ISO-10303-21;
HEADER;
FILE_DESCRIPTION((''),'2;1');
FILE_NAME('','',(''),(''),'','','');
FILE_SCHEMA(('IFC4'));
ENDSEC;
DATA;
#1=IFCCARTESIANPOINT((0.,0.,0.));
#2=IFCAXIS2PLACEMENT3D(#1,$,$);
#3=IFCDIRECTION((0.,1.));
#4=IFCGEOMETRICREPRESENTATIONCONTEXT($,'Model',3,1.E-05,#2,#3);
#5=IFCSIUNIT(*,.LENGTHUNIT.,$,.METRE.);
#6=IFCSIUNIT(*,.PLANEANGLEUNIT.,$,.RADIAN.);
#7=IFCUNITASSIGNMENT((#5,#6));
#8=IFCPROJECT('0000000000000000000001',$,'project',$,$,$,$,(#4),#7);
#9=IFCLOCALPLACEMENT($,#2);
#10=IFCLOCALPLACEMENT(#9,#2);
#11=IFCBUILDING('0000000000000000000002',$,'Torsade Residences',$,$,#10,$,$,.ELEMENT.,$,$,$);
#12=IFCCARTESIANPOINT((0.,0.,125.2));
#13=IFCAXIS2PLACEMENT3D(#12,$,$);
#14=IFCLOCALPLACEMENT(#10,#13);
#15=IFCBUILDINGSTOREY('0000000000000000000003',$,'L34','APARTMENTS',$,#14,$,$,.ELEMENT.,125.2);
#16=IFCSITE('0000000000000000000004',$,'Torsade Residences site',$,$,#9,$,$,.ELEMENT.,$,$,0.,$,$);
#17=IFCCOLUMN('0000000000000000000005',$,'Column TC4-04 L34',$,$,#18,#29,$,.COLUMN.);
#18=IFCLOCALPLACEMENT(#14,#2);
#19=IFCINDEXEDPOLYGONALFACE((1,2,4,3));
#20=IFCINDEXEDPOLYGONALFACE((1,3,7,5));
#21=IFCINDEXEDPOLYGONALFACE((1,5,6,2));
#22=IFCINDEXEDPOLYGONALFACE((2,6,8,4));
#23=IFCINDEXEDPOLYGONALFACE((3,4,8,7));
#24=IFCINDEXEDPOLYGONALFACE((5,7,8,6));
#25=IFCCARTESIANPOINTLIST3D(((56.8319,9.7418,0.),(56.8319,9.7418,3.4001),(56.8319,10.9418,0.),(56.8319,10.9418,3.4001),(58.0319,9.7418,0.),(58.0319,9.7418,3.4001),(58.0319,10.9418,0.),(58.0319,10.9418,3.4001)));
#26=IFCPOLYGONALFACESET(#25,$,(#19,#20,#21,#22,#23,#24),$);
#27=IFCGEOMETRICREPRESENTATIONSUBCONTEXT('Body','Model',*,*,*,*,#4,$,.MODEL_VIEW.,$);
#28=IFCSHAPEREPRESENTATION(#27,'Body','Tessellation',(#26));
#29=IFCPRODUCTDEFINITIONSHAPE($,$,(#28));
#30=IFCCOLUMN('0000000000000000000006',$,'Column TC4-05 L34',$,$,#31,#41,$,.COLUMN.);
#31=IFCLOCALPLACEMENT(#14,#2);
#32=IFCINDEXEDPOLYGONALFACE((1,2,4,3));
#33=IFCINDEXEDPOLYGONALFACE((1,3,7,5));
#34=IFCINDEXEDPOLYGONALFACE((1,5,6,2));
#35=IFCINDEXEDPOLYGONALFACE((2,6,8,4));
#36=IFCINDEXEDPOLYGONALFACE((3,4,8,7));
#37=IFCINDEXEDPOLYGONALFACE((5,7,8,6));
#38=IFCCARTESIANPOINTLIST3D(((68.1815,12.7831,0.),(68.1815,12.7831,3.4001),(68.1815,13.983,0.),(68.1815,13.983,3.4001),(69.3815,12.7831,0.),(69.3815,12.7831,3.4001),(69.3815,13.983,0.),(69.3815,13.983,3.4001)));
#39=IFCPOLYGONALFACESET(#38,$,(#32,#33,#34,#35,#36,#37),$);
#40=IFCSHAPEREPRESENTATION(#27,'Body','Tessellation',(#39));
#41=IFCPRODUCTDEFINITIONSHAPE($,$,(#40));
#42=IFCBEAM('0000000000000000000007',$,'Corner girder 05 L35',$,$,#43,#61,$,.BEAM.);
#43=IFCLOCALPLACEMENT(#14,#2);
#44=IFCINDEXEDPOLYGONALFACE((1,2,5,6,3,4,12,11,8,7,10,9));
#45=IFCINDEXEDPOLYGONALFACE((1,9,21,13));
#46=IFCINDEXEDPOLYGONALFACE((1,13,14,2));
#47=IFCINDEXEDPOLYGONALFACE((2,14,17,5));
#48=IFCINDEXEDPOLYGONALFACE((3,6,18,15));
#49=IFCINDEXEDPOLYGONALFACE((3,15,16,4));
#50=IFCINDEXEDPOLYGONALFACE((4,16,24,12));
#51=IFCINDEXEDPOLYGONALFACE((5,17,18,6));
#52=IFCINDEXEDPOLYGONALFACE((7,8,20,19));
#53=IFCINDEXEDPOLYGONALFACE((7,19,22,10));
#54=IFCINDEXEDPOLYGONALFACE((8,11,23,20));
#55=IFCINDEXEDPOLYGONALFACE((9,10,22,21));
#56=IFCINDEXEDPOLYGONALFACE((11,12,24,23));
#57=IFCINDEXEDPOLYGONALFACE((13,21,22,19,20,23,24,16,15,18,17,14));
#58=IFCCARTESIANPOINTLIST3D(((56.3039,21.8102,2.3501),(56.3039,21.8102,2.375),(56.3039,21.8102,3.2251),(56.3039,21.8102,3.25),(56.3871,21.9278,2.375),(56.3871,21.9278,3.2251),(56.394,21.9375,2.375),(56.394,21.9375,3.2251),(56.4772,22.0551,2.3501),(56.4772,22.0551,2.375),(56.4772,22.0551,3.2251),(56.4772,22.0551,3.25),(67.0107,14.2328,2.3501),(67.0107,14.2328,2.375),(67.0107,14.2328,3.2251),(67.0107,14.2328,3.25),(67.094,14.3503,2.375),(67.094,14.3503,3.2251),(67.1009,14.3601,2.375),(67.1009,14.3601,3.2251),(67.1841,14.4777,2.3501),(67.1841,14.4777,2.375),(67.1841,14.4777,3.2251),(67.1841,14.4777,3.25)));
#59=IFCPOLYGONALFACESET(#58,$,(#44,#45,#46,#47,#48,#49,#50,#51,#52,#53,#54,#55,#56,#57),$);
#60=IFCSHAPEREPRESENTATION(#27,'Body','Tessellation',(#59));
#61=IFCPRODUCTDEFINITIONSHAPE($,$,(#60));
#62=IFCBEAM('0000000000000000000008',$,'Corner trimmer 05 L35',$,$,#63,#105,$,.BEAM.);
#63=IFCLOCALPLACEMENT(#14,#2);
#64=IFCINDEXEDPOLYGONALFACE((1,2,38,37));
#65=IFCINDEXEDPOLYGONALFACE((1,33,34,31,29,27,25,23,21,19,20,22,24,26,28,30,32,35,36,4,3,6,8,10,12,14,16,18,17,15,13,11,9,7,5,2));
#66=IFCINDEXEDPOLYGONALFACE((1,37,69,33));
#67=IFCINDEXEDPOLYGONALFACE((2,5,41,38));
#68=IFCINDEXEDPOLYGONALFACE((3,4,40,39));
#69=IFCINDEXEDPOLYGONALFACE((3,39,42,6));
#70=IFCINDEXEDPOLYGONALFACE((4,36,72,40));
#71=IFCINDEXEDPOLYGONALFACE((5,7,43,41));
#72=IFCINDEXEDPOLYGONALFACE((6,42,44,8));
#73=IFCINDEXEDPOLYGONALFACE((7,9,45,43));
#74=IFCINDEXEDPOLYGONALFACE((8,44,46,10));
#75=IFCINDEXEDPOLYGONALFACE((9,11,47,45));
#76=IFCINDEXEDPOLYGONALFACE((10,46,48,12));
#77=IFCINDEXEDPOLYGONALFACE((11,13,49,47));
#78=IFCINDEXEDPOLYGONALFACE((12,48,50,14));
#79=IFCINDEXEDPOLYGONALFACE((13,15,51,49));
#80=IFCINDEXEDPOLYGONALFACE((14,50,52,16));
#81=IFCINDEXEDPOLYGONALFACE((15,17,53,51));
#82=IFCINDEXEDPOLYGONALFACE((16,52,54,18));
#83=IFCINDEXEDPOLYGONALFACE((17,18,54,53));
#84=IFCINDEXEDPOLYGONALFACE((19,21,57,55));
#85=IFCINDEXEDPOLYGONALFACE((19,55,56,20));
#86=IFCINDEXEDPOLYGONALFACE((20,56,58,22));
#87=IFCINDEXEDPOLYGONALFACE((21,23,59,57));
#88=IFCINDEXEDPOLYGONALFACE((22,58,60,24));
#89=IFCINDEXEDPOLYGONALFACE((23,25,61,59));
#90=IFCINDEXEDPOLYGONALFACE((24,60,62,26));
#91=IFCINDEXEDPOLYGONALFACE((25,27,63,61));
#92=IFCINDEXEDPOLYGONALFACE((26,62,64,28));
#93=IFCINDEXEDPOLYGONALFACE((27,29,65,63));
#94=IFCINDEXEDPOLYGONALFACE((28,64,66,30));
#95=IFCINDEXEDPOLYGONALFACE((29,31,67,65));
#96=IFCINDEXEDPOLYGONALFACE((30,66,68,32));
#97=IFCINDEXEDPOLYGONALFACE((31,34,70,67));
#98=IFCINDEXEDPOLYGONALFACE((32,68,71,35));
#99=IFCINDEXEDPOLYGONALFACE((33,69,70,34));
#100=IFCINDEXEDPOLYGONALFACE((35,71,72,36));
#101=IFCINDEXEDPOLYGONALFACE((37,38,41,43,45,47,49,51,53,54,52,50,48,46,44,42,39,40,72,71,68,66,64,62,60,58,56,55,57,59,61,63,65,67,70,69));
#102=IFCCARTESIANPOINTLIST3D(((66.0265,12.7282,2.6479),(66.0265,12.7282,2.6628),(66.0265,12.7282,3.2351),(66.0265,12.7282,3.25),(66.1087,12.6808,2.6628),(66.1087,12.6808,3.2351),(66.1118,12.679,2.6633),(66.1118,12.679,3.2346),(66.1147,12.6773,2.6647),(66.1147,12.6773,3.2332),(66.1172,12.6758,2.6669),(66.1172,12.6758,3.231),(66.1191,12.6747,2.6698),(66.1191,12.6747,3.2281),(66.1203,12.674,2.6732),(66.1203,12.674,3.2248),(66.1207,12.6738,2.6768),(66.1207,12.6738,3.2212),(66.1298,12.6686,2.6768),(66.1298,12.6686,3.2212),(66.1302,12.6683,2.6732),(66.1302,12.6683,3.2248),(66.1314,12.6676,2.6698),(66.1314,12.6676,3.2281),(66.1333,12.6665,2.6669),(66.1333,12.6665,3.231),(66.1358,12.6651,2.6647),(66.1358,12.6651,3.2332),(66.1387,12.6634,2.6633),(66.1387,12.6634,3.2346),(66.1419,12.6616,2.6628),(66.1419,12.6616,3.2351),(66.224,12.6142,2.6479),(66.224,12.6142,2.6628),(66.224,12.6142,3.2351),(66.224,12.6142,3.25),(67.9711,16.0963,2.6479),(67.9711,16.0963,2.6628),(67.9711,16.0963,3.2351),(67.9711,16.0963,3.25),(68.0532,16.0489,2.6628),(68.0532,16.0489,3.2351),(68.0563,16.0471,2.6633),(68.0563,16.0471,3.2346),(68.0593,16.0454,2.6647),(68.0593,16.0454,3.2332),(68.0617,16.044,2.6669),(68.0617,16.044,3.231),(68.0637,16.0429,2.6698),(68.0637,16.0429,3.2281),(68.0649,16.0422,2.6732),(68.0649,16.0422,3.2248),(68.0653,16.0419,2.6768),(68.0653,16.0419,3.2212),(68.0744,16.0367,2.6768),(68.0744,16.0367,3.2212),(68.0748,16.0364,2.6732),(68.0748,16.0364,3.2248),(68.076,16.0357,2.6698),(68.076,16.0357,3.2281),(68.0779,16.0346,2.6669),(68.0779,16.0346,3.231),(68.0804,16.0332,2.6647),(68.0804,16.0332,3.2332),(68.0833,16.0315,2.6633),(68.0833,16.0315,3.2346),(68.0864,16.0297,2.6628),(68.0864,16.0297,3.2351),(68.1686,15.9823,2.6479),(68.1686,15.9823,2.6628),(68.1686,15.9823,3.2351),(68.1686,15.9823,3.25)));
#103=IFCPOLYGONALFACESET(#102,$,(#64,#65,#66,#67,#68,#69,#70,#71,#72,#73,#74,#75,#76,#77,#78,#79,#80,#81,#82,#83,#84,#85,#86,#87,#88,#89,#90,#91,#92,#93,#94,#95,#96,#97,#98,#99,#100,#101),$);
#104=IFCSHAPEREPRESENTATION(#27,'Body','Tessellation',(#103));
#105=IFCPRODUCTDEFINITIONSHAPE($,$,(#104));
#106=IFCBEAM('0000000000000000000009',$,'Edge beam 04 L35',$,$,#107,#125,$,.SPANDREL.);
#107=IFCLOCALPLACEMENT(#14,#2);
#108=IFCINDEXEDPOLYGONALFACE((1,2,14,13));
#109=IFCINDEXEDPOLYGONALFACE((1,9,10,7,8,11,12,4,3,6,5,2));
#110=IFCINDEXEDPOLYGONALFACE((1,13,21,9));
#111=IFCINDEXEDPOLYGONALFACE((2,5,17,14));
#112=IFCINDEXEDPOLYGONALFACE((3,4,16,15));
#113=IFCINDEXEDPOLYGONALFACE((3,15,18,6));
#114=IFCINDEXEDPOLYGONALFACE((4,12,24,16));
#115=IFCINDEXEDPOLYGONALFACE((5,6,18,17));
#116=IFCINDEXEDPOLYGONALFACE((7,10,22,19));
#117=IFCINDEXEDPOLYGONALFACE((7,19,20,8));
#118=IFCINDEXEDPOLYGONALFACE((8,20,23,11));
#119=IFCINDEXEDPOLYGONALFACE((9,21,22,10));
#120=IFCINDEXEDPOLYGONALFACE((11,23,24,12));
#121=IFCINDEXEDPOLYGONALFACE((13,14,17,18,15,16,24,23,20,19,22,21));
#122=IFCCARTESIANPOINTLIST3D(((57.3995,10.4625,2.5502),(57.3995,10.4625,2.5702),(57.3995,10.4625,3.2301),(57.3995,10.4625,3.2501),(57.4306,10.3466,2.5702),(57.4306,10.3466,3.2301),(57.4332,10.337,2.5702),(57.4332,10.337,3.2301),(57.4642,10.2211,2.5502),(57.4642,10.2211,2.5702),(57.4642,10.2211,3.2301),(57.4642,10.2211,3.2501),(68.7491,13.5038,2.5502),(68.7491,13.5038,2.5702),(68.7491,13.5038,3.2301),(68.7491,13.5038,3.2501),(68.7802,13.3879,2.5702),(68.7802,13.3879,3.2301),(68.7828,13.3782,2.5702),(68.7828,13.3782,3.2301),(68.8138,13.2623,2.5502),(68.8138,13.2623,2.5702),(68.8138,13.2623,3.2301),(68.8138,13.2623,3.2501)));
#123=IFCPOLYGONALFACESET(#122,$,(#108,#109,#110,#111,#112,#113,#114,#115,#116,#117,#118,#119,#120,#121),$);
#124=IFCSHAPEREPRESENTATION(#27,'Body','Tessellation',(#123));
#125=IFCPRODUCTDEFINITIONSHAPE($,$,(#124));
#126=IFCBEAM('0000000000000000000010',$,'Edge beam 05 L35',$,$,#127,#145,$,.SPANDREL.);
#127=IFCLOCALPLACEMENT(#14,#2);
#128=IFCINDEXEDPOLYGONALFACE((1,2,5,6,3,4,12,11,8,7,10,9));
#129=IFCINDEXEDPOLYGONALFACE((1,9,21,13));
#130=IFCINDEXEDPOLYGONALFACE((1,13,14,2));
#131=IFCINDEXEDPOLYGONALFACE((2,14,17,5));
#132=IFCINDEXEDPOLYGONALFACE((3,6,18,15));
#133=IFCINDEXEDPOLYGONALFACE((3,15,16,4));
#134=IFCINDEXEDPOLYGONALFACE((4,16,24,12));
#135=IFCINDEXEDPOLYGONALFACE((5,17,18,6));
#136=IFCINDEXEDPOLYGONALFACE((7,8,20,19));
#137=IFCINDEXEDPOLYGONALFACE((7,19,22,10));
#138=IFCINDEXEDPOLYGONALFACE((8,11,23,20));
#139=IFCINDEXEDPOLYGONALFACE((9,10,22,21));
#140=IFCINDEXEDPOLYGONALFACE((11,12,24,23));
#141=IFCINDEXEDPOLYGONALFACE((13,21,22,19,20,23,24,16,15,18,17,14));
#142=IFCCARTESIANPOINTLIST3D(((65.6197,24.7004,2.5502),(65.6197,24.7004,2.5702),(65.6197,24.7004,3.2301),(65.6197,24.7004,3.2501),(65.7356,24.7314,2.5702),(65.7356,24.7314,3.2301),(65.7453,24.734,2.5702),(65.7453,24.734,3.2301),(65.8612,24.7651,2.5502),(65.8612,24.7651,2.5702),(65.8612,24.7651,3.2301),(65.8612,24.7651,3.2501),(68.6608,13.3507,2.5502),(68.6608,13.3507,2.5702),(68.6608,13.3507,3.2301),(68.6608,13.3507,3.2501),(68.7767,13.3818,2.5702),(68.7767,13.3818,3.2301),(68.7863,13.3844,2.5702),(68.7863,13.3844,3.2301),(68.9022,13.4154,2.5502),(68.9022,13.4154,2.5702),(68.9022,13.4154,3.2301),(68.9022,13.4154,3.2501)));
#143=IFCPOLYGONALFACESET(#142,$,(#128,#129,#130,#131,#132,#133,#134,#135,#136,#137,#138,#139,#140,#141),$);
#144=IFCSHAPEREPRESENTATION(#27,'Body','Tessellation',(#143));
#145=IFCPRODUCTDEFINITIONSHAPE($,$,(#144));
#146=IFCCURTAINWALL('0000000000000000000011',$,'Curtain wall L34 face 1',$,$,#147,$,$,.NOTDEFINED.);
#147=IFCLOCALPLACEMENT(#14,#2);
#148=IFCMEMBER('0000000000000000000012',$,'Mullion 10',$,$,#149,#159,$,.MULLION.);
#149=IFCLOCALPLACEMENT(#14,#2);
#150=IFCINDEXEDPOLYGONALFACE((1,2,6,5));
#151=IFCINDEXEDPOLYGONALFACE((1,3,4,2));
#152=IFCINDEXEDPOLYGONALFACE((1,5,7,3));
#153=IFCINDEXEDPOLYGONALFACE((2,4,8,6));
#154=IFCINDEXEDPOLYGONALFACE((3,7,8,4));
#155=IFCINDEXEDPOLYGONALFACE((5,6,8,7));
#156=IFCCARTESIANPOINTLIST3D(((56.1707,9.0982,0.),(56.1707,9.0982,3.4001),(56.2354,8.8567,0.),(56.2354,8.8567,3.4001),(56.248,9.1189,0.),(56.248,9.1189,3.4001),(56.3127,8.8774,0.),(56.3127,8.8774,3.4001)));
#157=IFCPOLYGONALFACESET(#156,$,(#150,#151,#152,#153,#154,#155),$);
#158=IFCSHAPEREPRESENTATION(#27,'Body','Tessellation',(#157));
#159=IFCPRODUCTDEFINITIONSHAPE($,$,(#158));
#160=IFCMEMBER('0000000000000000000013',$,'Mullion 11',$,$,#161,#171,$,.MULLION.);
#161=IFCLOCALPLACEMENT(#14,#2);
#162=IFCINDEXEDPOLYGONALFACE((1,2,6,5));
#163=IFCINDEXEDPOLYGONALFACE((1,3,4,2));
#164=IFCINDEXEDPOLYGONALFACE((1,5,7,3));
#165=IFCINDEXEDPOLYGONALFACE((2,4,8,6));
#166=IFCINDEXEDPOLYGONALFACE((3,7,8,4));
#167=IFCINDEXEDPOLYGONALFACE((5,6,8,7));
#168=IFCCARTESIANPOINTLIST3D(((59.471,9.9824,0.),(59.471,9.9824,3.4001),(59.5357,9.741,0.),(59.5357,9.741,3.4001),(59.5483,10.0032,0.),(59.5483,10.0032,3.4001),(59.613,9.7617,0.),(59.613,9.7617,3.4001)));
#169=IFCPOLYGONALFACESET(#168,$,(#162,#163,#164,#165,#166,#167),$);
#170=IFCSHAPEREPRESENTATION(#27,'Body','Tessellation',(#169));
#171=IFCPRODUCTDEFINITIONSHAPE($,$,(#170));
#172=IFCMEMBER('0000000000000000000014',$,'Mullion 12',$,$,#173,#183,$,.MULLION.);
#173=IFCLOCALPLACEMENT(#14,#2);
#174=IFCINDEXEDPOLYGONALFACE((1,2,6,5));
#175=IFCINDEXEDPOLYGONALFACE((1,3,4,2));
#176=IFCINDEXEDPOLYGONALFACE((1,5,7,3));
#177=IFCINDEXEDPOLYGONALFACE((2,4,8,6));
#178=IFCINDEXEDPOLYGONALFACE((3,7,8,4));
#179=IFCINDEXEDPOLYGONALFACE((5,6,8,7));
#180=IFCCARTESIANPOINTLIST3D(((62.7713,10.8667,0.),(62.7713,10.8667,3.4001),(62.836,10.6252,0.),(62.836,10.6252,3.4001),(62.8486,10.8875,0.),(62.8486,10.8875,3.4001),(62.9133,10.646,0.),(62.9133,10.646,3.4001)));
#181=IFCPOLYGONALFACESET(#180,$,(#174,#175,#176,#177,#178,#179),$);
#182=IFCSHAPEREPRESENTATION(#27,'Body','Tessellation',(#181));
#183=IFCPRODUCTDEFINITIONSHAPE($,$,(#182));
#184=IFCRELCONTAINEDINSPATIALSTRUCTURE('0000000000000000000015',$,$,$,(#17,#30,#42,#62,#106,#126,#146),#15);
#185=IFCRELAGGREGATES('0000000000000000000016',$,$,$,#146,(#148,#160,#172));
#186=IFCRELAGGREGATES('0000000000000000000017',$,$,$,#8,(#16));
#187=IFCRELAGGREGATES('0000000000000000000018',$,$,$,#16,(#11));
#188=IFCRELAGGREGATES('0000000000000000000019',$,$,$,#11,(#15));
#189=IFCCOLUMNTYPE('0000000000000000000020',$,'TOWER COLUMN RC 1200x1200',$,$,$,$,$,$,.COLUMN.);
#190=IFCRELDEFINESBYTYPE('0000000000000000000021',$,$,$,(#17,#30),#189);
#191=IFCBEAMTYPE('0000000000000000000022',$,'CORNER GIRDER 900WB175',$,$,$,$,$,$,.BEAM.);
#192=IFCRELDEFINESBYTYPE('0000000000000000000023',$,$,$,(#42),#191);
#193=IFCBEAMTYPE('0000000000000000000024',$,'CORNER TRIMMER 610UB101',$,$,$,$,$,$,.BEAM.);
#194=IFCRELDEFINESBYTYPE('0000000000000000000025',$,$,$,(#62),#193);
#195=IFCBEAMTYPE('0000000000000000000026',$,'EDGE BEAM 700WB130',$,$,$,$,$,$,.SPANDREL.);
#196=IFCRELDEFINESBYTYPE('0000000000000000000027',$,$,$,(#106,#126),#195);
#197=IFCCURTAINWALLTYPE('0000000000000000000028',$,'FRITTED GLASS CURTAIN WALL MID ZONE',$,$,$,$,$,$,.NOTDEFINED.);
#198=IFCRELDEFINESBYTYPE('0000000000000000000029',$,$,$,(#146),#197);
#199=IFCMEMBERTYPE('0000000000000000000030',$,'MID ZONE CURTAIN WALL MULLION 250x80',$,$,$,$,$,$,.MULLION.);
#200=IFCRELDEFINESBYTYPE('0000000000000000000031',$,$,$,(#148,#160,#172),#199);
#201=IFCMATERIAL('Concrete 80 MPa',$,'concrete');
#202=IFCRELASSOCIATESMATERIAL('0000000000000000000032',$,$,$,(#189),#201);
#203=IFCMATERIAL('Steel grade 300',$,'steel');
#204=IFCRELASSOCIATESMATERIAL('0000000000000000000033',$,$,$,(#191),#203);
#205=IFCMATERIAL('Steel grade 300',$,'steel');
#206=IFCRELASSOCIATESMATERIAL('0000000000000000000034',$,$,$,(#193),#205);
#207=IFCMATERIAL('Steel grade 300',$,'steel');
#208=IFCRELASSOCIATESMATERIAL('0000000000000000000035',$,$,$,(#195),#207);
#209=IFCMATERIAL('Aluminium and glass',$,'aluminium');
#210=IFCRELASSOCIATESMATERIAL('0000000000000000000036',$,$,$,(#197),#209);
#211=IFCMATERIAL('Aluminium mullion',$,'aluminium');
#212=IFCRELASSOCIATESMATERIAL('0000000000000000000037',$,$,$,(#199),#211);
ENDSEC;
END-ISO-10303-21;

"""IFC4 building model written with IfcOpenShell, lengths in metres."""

from ifc_helpers import new_model, si_unit, direction, frame, origin, origin_2d, place, context, subcontext, project, spatial, rectangle, i_section, extrude, material, material_profile, profile_set, type_object, element, aggregate, save


model = new_model("IFC4")

# Units and contexts
model_context = context("Model", 3, precision=1e-05, world=origin(), true_north=direction((0.0, 1.0)))
body_context = subcontext(model_context, "Body", "Model", "MODEL_VIEW")
ifc_project = project(units=[si_unit("LENGTHUNIT", "METRE"), si_unit("PLANEANGLEUNIT", "RADIAN")], contexts=[model_context])

# Site, building, storey
site_placement = place(None, origin())
site = spatial("IfcSite", under=ifc_project, at=site_placement, Name="Torsade Residences site", CompositionType="ELEMENT", RefElevation=0.0)
building_placement = place(site_placement, origin())
building = spatial("IfcBuilding", under=site, at=building_placement, Name="Torsade Residences", CompositionType="ELEMENT")
storey_placement = place(building_placement, frame((0.0, 0.0, 125.2)))
storey = spatial("IfcBuildingStorey", under=building, at=storey_placement, Name="L34", Description="APARTMENTS", CompositionType="ELEMENT", Elevation=125.2)

# Columns
ifc_material_1 = material(Name="Concrete 80 MPa", Category="concrete")
ifc_material_profile_1 = material_profile(ifc_material_1, rectangle(XDim=1.2, YDim=1.2, at=origin_2d()), Name="RC 1200x1200")
ifc_profile_set_1 = profile_set([ifc_material_profile_1], Name="Concrete 80 MPa")
column_type = type_object("IfcColumnType", Name="TOWER COLUMN RC 1200x1200", PredefinedType="COLUMN", material=ifc_profile_set_1)
for number, where, z_axis, x_axis, name in (
    (1, (57.4319, 10.3418, 0.0), (0.0, 0.0, 1.0), (1.0, 0.0, 0.0), "Column TC4-04 L34"),
    (2, (68.7815, 13.3831, 0.0), (0.0, 0.0, 1.0), (1.0, 0.0, 0.0), "Column TC4-05 L34"),
):
    element("IfcColumn", number, at=place(storey_placement, frame(where, z_axis=z_axis, x_axis=x_axis)), inside=storey, type_object=column_type, Name=name, PredefinedType="COLUMN", context=body_context, shape_type="SweptSolid", body=[
        extrude(rectangle(XDim=1.2, YDim=1.2, at=origin_2d()), origin(), (0.0, 0.0, 1.0), 3.4001),
    ])

# Beams
ifc_material_2 = material(Name="Steel grade 300", Category="steel")
ifc_material_profile_2 = material_profile(ifc_material_2, i_section(OverallWidth=0.3, OverallDepth=0.8999, WebThickness=0.012, FlangeThickness=0.0249, at=origin_2d()), Name="900WB175")
ifc_profile_set_2 = profile_set([ifc_material_profile_2], Name="Steel grade 300")
beam_type_1 = type_object("IfcBeamType", Name="CORNER GIRDER 900WB175", PredefinedType="BEAM", material=ifc_profile_set_2)
beam_1_placement = place(storey_placement, frame((67.0974, 14.3552, 2.8), z_axis=(-0.816261, 0.577683, 0.0), x_axis=(-0.577683, -0.816261, 0.0)))
element("IfcBeam", 3, at=beam_1_placement, inside=storey, type_object=beam_type_1, Name="Corner girder 05 L35", PredefinedType="BEAM", context=body_context, shape_type="SweptSolid", body=[
    extrude(i_section(OverallWidth=0.3, OverallDepth=0.8999, WebThickness=0.012, FlangeThickness=0.0249, at=origin_2d()), origin(), (0.0, 0.0, 1.0), 13.1169),
])
ifc_material_3 = material(Name="Steel grade 300", Category="steel")
ifc_material_profile_3 = material_profile(ifc_material_3, i_section(OverallWidth=0.228, OverallDepth=0.6021, WebThickness=0.0105, FlangeThickness=0.0149, FilletRadius=0.0139, at=origin_2d()), Name="610UB101")
ifc_profile_set_3 = profile_set([ifc_material_profile_3], Name="Steel grade 300")
beam_type_2 = type_object("IfcBeamType", Name="CORNER TRIMMER 610UB101", PredefinedType="BEAM", material=ifc_profile_set_3)
beam_2_placement = place(storey_placement, frame((68.0698, 16.0393, 2.949), z_axis=(-0.499994, -0.866029, 0.0), x_axis=(0.866029, -0.499994, 0.0)))
element("IfcBeam", 4, at=beam_2_placement, inside=storey, type_object=beam_type_2, Name="Corner trimmer 05 L35", PredefinedType="BEAM", context=body_context, shape_type="SweptSolid", body=[
    extrude(i_section(OverallWidth=0.228, OverallDepth=0.6021, WebThickness=0.0105, FlangeThickness=0.0149, FilletRadius=0.0139, at=origin_2d()), origin(), (0.0, 0.0, 1.0), 3.8892),
])
ifc_material_4 = material(Name="Steel grade 300", Category="steel")
ifc_material_profile_4 = material_profile(ifc_material_4, i_section(OverallWidth=0.25, OverallDepth=0.7, WebThickness=0.01, FlangeThickness=0.02, at=origin_2d()), Name="700WB130")
ifc_profile_set_4 = profile_set([ifc_material_profile_4], Name="Steel grade 300")
beam_type_3 = type_object("IfcBeamType", Name="EDGE BEAM 700WB130", PredefinedType="SPANDREL", material=ifc_profile_set_4)
for number, where, z_axis, x_axis, name in (
    (5, (57.4319, 10.3418, 2.9001), (0.965923, 0.25883, 0.0), (-0.25883, 0.965923, 0.0), "Edge beam 04 L35"),
    (6, (68.7815, 13.3831, 2.9001), (-0.258811, 0.965928, 0.0), (-0.965928, -0.258811, 0.0), "Edge beam 05 L35"),
):
    element("IfcBeam", number, at=place(storey_placement, frame(where, z_axis=z_axis, x_axis=x_axis)), inside=storey, type_object=beam_type_3, Name=name, PredefinedType="SPANDREL", context=body_context, shape_type="SweptSolid", body=[
        extrude(i_section(OverallWidth=0.25, OverallDepth=0.7, WebThickness=0.01, FlangeThickness=0.02, at=origin_2d()), origin(), (0.0, 0.0, 1.0), 11.75),
    ])

# Curtain wall, members
ifc_material_5 = material(Name="Aluminium and glass", Category="aluminium")
curtain_wall_type = type_object("IfcCurtainWallType", Name="FRITTED GLASS CURTAIN WALL MID ZONE", PredefinedType="NOTDEFINED", material=ifc_material_5)
curtain_wall_placement = place(storey_placement, origin())
curtain_wall = element("IfcCurtainWall", 7, at=curtain_wall_placement, inside=storey, type_object=curtain_wall_type, Name="Curtain wall L34 face 1", PredefinedType="NOTDEFINED")
ifc_material_6 = material(Name="Aluminium mullion", Category="aluminium")
ifc_material_profile_5 = material_profile(ifc_material_6, rectangle(XDim=0.25, YDim=0.0801, at=origin_2d()), Name="MID ZONE CURTAIN WALL MULLION 250x80")
ifc_profile_set_5 = profile_set([ifc_material_profile_5], Name="Aluminium mullion")
member_type_1 = type_object("IfcMemberType", Name="MID ZONE CURTAIN WALL MULLION 250x80", PredefinedType="MULLION", material=ifc_profile_set_5)
member_1_placement = place(storey_placement, frame((56.2417, 8.9878, 0.0), z_axis=(0.0, 0.0, 1.0), x_axis=(-0.258819, 0.965926, 0.0)))
member_1 = element("IfcMember", 8, at=member_1_placement, type_object=member_type_1, Name="Mullion 10", PredefinedType="MULLION", context=body_context, shape_type="SweptSolid", body=[
    extrude(rectangle(XDim=0.25, YDim=0.0801, at=origin_2d()), origin(), (0.0, 0.0, 1.0), 3.4001),
])
member_2_placement = place(storey_placement, frame((59.542, 9.8721, 0.0), z_axis=(0.0, 0.0, 1.0), x_axis=(-0.258819, 0.965926, 0.0)))
member_2 = element("IfcMember", 9, at=member_2_placement, type_object=member_type_1, Name="Mullion 11", PredefinedType="MULLION", context=body_context, shape_type="SweptSolid", body=[
    extrude(rectangle(XDim=0.25, YDim=0.0801, at=origin_2d()), origin(), (0.0, 0.0, 1.0), 3.4001),
])
member_3_placement = place(storey_placement, frame((62.8423, 10.7563, 0.0), z_axis=(0.0, 0.0, 1.0), x_axis=(-0.258819, 0.965926, 0.0)))
member_3 = element("IfcMember", 10, at=member_3_placement, type_object=member_type_1, Name="Mullion 12", PredefinedType="MULLION", context=body_context, shape_type="SweptSolid", body=[
    extrude(rectangle(XDim=0.25, YDim=0.0801, at=origin_2d()), origin(), (0.0, 0.0, 1.0), 3.4001),
])

aggregate(curtain_wall, [member_1, member_2, member_3])

save(model, "model.ifc")
